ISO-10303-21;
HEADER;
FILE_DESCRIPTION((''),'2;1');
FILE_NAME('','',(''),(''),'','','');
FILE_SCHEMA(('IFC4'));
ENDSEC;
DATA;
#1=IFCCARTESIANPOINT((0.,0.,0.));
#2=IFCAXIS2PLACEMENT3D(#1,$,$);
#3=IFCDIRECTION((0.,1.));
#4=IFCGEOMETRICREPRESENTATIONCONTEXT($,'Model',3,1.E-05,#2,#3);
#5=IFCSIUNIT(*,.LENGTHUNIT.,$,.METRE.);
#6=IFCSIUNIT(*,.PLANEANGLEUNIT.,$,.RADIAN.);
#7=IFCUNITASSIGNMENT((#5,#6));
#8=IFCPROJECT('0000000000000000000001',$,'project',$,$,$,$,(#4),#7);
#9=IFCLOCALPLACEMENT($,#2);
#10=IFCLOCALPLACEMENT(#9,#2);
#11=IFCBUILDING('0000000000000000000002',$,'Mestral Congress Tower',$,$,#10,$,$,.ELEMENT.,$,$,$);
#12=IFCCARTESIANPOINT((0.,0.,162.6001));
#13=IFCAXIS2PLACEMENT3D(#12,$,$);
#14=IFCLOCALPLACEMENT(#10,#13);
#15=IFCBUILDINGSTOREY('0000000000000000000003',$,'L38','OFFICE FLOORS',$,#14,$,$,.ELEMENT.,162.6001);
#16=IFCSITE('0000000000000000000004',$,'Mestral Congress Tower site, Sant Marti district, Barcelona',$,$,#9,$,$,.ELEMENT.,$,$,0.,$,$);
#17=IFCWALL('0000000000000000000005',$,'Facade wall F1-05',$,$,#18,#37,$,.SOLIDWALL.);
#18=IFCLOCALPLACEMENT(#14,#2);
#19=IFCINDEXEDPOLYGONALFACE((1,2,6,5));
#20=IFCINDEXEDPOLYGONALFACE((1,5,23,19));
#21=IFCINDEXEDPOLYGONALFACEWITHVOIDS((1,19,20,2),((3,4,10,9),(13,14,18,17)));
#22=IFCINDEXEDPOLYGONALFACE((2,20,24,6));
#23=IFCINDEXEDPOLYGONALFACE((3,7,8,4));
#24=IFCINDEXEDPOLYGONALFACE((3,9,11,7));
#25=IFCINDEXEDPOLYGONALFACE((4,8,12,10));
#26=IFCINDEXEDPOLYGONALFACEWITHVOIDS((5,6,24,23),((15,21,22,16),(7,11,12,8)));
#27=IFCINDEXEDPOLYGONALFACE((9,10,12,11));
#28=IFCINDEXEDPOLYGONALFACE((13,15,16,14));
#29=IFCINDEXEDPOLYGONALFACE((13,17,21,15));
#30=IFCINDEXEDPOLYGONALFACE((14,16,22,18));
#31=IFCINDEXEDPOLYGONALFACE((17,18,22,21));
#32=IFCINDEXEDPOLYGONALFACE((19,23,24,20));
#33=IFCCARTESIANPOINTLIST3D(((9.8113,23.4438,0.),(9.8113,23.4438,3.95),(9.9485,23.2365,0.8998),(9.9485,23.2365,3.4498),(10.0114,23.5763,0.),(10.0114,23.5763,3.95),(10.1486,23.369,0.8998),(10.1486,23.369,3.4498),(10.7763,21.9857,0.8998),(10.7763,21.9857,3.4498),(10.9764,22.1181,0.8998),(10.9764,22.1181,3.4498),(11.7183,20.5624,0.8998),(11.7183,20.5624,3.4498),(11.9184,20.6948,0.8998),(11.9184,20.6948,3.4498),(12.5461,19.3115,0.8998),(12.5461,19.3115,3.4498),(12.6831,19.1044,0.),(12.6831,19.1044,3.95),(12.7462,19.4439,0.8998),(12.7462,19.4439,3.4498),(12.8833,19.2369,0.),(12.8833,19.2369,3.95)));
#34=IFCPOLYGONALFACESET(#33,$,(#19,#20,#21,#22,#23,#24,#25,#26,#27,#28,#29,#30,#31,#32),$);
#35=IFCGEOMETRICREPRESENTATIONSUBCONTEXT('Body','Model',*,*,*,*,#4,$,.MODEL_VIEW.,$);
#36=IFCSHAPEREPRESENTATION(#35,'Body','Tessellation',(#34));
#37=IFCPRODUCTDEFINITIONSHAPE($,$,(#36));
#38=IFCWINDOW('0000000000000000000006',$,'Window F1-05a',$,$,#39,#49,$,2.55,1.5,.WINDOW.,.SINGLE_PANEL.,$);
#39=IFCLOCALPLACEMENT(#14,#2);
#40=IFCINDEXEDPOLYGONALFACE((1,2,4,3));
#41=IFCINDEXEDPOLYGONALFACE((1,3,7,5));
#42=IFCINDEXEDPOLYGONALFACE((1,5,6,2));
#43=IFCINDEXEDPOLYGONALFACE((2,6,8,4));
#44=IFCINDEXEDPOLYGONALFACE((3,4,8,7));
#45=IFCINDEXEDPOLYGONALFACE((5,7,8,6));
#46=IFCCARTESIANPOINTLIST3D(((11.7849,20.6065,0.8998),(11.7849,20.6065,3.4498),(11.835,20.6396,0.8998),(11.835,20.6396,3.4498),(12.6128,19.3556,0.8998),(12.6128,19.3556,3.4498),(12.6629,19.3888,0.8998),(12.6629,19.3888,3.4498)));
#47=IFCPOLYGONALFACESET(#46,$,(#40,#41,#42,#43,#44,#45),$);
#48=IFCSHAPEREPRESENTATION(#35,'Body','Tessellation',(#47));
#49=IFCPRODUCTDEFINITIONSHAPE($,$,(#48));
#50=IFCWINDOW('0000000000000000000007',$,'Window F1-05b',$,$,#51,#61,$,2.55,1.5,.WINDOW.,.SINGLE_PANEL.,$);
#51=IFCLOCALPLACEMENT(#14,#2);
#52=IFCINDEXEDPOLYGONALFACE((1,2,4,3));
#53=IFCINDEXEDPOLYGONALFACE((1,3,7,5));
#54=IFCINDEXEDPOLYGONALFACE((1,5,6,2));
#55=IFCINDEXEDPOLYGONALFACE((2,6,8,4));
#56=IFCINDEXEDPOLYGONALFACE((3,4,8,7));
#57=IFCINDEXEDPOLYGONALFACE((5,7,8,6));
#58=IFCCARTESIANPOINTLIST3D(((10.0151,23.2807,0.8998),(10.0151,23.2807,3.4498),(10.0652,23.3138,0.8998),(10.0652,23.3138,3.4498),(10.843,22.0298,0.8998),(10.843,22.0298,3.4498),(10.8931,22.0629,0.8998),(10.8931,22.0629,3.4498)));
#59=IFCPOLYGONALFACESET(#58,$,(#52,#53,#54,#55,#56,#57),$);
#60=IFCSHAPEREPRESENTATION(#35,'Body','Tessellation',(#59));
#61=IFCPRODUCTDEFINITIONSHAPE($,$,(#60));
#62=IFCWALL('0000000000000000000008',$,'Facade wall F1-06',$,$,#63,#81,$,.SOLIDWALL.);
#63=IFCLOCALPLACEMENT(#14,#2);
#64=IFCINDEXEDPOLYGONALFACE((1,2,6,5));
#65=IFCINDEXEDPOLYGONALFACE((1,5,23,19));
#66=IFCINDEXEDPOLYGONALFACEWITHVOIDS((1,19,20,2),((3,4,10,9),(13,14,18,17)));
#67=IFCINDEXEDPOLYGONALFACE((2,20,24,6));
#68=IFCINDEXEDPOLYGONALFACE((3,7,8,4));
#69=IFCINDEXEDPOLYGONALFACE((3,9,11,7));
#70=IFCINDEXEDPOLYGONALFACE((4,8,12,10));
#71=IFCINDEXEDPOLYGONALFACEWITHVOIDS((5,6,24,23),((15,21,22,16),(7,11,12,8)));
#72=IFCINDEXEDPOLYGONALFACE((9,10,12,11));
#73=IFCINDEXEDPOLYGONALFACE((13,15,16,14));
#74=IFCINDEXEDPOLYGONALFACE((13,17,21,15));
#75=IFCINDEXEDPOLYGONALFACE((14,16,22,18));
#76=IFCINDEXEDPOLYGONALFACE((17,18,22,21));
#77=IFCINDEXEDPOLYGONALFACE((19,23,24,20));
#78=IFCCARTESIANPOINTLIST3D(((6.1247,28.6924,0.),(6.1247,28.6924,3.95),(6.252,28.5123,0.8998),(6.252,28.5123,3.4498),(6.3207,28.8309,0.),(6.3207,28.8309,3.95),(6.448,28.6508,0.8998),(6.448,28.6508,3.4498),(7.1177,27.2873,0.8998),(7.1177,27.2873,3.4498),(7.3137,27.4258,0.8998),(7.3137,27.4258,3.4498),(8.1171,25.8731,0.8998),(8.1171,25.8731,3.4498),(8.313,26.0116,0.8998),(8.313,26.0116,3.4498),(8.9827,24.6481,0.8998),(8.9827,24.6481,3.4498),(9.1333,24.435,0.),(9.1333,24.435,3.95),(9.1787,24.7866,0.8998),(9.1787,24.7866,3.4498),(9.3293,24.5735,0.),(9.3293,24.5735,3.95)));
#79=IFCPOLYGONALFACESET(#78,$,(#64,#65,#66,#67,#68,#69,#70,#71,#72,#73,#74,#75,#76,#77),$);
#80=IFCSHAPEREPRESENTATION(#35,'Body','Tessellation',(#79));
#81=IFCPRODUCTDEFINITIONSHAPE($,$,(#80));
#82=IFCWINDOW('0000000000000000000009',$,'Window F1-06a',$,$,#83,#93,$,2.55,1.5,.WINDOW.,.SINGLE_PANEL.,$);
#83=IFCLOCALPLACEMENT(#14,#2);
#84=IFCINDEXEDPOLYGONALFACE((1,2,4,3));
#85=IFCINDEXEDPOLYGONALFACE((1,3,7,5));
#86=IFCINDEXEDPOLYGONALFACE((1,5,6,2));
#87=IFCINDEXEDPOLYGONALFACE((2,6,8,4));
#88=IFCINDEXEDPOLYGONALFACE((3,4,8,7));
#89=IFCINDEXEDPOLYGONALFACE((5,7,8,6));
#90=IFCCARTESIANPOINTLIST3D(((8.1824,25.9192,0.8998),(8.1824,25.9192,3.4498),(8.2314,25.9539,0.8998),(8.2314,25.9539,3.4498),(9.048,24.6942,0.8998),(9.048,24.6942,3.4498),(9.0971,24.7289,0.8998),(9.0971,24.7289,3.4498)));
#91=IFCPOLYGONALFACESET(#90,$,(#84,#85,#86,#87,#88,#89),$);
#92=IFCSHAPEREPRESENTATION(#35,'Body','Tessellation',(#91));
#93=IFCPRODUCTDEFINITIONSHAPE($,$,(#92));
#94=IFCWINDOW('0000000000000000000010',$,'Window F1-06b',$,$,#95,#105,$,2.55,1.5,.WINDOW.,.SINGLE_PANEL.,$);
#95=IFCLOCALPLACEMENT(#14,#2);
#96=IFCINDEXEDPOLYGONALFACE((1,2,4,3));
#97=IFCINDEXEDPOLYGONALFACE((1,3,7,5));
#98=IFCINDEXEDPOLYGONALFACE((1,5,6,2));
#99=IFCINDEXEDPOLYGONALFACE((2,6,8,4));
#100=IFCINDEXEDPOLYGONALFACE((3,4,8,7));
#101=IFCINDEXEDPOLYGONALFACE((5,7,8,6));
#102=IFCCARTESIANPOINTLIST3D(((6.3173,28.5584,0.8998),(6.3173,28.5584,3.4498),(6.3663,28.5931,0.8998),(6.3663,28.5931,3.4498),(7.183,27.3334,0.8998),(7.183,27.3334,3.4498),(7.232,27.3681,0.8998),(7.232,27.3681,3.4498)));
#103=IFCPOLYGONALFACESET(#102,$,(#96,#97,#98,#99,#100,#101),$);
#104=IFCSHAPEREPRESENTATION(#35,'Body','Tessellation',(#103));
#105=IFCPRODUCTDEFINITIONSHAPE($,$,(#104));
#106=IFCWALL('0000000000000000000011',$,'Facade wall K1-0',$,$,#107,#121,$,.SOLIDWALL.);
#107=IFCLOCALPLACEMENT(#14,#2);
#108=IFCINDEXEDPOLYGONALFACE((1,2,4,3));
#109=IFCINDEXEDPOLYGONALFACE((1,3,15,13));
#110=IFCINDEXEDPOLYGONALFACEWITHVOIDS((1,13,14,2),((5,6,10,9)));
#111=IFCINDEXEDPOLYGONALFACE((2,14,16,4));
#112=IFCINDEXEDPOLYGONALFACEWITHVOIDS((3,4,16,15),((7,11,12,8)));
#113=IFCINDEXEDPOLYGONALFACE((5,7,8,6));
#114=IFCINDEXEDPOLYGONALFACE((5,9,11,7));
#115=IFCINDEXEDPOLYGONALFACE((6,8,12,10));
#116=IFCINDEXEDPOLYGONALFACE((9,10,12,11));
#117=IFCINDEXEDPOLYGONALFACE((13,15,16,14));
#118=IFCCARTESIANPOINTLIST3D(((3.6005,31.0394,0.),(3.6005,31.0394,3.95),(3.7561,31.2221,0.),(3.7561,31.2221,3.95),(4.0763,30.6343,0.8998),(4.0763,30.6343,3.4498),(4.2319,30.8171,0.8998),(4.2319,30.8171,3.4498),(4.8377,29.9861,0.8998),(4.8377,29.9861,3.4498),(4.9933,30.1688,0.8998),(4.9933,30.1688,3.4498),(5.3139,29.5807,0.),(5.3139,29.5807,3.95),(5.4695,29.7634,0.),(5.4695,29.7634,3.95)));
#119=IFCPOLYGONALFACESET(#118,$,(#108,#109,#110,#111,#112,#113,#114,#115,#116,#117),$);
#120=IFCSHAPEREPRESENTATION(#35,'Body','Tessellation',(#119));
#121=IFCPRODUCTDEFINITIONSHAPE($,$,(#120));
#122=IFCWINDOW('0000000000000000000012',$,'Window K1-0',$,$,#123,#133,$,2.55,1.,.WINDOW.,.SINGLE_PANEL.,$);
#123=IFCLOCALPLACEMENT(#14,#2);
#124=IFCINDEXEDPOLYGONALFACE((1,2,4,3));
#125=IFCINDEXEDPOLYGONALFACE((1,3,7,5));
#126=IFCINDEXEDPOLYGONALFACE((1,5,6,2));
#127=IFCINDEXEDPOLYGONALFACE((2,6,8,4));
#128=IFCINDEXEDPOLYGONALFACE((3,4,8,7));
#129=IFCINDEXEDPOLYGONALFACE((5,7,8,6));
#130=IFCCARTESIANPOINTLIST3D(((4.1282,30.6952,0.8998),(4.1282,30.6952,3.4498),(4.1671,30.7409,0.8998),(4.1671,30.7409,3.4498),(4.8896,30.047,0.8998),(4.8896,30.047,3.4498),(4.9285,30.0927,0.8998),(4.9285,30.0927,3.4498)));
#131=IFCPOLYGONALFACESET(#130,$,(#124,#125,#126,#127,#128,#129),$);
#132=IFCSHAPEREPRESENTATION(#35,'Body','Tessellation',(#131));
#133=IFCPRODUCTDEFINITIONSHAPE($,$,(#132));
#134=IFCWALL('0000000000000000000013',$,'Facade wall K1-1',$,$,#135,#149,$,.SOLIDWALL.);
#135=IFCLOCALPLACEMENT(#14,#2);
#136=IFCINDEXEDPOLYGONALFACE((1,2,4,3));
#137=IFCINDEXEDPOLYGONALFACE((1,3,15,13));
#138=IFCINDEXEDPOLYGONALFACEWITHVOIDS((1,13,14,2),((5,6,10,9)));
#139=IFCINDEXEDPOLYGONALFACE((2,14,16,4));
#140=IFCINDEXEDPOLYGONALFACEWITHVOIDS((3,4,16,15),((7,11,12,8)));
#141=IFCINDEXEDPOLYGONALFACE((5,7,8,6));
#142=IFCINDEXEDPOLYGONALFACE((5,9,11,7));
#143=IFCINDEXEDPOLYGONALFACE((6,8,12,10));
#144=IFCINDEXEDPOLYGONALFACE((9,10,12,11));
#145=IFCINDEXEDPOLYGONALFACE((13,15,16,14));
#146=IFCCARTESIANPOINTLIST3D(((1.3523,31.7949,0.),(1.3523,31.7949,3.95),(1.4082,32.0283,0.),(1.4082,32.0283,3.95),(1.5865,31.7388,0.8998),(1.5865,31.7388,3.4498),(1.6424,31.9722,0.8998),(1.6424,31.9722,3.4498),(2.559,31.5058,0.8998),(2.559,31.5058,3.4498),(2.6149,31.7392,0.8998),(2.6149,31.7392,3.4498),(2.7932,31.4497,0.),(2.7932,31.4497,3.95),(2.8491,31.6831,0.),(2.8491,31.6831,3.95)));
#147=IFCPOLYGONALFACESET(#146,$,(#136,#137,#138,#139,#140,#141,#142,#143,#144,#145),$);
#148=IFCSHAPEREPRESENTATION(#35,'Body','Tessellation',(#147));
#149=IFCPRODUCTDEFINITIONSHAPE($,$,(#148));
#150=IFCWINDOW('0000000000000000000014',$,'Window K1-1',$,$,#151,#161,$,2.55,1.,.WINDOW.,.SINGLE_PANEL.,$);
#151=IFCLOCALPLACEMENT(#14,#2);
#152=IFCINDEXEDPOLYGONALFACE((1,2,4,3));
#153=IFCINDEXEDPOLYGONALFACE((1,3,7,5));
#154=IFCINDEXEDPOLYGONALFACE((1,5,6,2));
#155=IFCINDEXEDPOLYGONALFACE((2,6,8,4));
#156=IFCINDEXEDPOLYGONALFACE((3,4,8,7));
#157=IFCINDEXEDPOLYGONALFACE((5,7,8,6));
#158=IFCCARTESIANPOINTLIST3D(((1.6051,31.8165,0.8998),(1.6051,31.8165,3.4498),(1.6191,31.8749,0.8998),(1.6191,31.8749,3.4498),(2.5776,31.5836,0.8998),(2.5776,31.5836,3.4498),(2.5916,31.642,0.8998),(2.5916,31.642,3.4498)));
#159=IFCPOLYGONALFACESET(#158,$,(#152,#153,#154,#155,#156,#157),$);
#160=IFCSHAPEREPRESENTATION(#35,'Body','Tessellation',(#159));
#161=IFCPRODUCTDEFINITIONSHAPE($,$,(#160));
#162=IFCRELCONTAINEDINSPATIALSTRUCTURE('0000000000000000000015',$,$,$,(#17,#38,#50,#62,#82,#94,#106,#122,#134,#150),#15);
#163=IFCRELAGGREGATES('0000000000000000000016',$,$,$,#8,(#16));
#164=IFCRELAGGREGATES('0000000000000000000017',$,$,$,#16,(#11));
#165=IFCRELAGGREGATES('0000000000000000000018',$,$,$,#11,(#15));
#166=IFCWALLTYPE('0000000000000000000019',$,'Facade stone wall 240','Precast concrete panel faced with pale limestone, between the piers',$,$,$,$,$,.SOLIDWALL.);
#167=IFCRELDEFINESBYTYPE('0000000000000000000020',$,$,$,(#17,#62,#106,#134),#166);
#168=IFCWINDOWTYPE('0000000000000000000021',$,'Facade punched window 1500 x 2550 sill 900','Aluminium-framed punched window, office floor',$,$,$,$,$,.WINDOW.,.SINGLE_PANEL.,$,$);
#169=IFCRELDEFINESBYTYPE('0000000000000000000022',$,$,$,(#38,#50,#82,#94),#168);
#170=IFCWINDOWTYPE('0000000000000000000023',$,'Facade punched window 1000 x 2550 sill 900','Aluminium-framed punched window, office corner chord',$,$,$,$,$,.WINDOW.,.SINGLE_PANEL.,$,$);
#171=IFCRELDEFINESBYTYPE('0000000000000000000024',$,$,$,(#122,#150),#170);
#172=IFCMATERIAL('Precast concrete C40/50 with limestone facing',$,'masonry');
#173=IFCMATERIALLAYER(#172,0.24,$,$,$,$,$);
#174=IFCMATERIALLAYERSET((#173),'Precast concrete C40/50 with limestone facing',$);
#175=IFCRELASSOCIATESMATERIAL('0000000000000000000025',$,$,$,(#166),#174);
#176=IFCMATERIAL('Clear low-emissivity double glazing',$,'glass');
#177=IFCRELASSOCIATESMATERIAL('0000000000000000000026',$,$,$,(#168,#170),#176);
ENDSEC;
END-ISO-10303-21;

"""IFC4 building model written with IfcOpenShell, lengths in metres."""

from ifc_helpers import new_model, si_unit, direction, frame, frame_2d, origin, place, context, subcontext, project, spatial, rectangle, extrude, material, layer, layer_set, type_object, element, fill, save


model = new_model("IFC4")

# Units and contexts
model_context = context("Model", 3, precision=1e-05, world=origin(), true_north=direction((0.0, 1.0)))
body_context = subcontext(model_context, "Body", "Model", "MODEL_VIEW")
ifc_project = project(units=[si_unit("LENGTHUNIT", "METRE"), si_unit("PLANEANGLEUNIT", "RADIAN")], contexts=[model_context])

# Site, building, storey
site_placement = place(None, origin())
site = spatial("IfcSite", under=ifc_project, at=site_placement, Name="Mestral Congress Tower site, Sant Marti district, Barcelona", CompositionType="ELEMENT", RefElevation=0.0)
building_placement = place(site_placement, origin())
building = spatial("IfcBuilding", under=site, at=building_placement, Name="Mestral Congress Tower", CompositionType="ELEMENT")
storey_placement = place(building_placement, frame((0.0, 0.0, 162.6001)))
storey = spatial("IfcBuildingStorey", under=building, at=storey_placement, Name="L38", Description="OFFICE FLOORS", CompositionType="ELEMENT", Elevation=162.6001)

# Walls, openings, windows
ifc_material_1 = material(Name="Precast concrete C40/50 with limestone facing", Category="masonry")
ifc_layer_1 = layer(ifc_material_1, 0.24)
ifc_layer_set_1 = layer_set([ifc_layer_1], Name="Precast concrete C40/50 with limestone facing")
wall_type_1 = type_object("IfcWallType", Name="Facade stone wall 240", Description="Precast concrete panel faced with pale limestone, between the piers", PredefinedType="SOLIDWALL", material=ifc_layer_set_1)
wall_1_placement = place(storey_placement, frame((12.7832, 19.1707, 0.0), z_axis=(0.0, 0.0, 1.0), x_axis=(-0.551893, 0.833915, 0.0)))
wall_1 = element("IfcWall", 1, at=wall_1_placement, inside=storey, type_object=wall_type_1, Name="Facade wall F1-05", PredefinedType="SOLIDWALL", context=body_context, shape_type="SweptSolid", body=[
    extrude(rectangle(XDim=5.2036, YDim=0.24, at=frame_2d((2.6018, 0.0))), origin(), (0.0, 0.0, 1.0), 3.95),
])
opening_1_placement = place(wall_1_placement, frame((0.2483, 0.0, 0.8999)))
opening_1 = element("IfcOpeningElement", 2, at=opening_1_placement, cuts=wall_1, PredefinedType="OPENING", context=body_context, shape_type="SweptSolid", body=[
    extrude(rectangle(XDim=1.5, YDim=2.55, at=frame_2d((0.75, 1.2749))), frame((0.0, 0.1299, 0.0), z_axis=(0.0, -1.0, 0.0), x_axis=(1.0, 0.0, 0.0)), (0.0, 0.0, 1.0), 0.26),
])
opening_2_placement = place(wall_1_placement, frame((3.4551, 0.0, 0.8999)))
opening_2 = element("IfcOpeningElement", 3, at=opening_2_placement, cuts=wall_1, PredefinedType="OPENING", context=body_context, shape_type="SweptSolid", body=[
    extrude(rectangle(XDim=1.5, YDim=2.55, at=frame_2d((0.75, 1.2749))), frame((0.0, 0.1299, 0.0), z_axis=(0.0, -1.0, 0.0), x_axis=(1.0, 0.0, 0.0)), (0.0, 0.0, 1.0), 0.26),
])
ifc_material_2 = material(Name="Clear low-emissivity double glazing", Category="glass")
window_type_1 = type_object("IfcWindowType", Name="Facade punched window 1500 x 2550 sill 900", Description="Aluminium-framed punched window, office floor", PartitioningType="SINGLE_PANEL", PredefinedType="WINDOW", material=ifc_material_2)
window_1_placement = place(opening_1_placement, origin())
window_1 = element("IfcWindow", 4, at=window_1_placement, inside=storey, type_object=window_type_1, Name="Window F1-05a", OverallHeight=2.55, OverallWidth=1.5, PartitioningType="SINGLE_PANEL", PredefinedType="WINDOW", context=body_context, shape_type="SweptSolid", body=[
    extrude(rectangle(XDim=1.5, YDim=2.55, at=frame_2d((0.75, 1.2749))), frame((0.0, 0.04, 0.0), z_axis=(0.0, -1.0, 0.0), x_axis=(1.0, 0.0, 0.0)), (0.0, 0.0, 1.0), 0.0601),
])
fill(opening_1, window_1)
window_2_placement = place(opening_2_placement, origin())
window_2 = element("IfcWindow", 5, at=window_2_placement, inside=storey, type_object=window_type_1, Name="Window F1-05b", OverallHeight=2.55, OverallWidth=1.5, PartitioningType="SINGLE_PANEL", PredefinedType="WINDOW", context=body_context, shape_type="SweptSolid", body=[
    extrude(rectangle(XDim=1.5, YDim=2.55, at=frame_2d((0.75, 1.2749))), frame((0.0, 0.04, 0.0), z_axis=(0.0, -1.0, 0.0), x_axis=(1.0, 0.0, 0.0)), (0.0, 0.0, 1.0), 0.0601),
])
fill(opening_2, window_2)
wall_2_placement = place(storey_placement, frame((9.2312, 24.5044, 0.0), z_axis=(0.0, 0.0, 1.0), x_axis=(-0.577115, 0.816663, 0.0)))
wall_2 = element("IfcWall", 6, at=wall_2_placement, inside=storey, type_object=wall_type_1, Name="Facade wall F1-06", PredefinedType="SOLIDWALL", context=body_context, shape_type="SweptSolid", body=[
    extrude(rectangle(XDim=5.2131, YDim=0.24, at=frame_2d((2.6064, 0.0))), origin(), (0.0, 0.0, 1.0), 3.95),
])
opening_3_placement = place(wall_2_placement, frame((0.2607, 0.0, 0.8999)))
opening_3 = element("IfcOpeningElement", 7, at=opening_3_placement, cuts=wall_2, PredefinedType="OPENING", context=body_context, shape_type="SweptSolid", body=[
    extrude(rectangle(XDim=1.5, YDim=2.55, at=frame_2d((0.75, 1.2749))), frame((0.0, 0.1299, 0.0), z_axis=(0.0, -1.0, 0.0), x_axis=(1.0, 0.0, 0.0)), (0.0, 0.0, 1.0), 0.26),
])
opening_4_placement = place(wall_2_placement, frame((3.4924, 0.0, 0.8999)))
opening_4 = element("IfcOpeningElement", 8, at=opening_4_placement, cuts=wall_2, PredefinedType="OPENING", context=body_context, shape_type="SweptSolid", body=[
    extrude(rectangle(XDim=1.5, YDim=2.55, at=frame_2d((0.75, 1.2749))), frame((0.0, 0.1299, 0.0), z_axis=(0.0, -1.0, 0.0), x_axis=(1.0, 0.0, 0.0)), (0.0, 0.0, 1.0), 0.26),
])
window_3_placement = place(opening_3_placement, origin())
window_3 = element("IfcWindow", 9, at=window_3_placement, inside=storey, type_object=window_type_1, Name="Window F1-06a", OverallHeight=2.55, OverallWidth=1.5, PartitioningType="SINGLE_PANEL", PredefinedType="WINDOW", context=body_context, shape_type="SweptSolid", body=[
    extrude(rectangle(XDim=1.5, YDim=2.55, at=frame_2d((0.75, 1.2749))), frame((0.0, 0.04, 0.0), z_axis=(0.0, -1.0, 0.0), x_axis=(1.0, 0.0, 0.0)), (0.0, 0.0, 1.0), 0.0601),
])
fill(opening_3, window_3)
window_4_placement = place(opening_4_placement, origin())
window_4 = element("IfcWindow", 10, at=window_4_placement, inside=storey, type_object=window_type_1, Name="Window F1-06b", OverallHeight=2.55, OverallWidth=1.5, PartitioningType="SINGLE_PANEL", PredefinedType="WINDOW", context=body_context, shape_type="SweptSolid", body=[
    extrude(rectangle(XDim=1.5, YDim=2.55, at=frame_2d((0.75, 1.2749))), frame((0.0, 0.04, 0.0), z_axis=(0.0, -1.0, 0.0), x_axis=(1.0, 0.0, 0.0)), (0.0, 0.0, 1.0), 0.0601),
])
fill(opening_4, window_4)

# Walls, openings, windows
wall_3_placement = place(storey_placement, frame((5.3916, 29.6721, 0.0), z_axis=(0.0, 0.0, 1.0), x_axis=(-0.76142, 0.648259, 0.0)))
wall_3 = element("IfcWall", 11, at=wall_3_placement, inside=storey, type_object=wall_type_1, Name="Facade wall K1-0", PredefinedType="SOLIDWALL", context=body_context, shape_type="SweptSolid", body=[
    extrude(rectangle(XDim=2.2502, YDim=0.24, at=frame_2d((1.125, 0.0))), origin(), (0.0, 0.0, 1.0), 3.95),
])
opening_5_placement = place(wall_3_placement, frame((0.6252, 0.0, 0.8999)))
opening_5 = element("IfcOpeningElement", 12, at=opening_5_placement, cuts=wall_3, PredefinedType="OPENING", context=body_context, shape_type="SweptSolid", body=[
    extrude(rectangle(XDim=1.0, YDim=2.55, at=frame_2d((0.5, 1.2749))), frame((0.0, 0.1299, 0.0), z_axis=(0.0, -1.0, 0.0), x_axis=(1.0, 0.0, 0.0)), (0.0, 0.0, 1.0), 0.26),
])
window_type_2 = type_object("IfcWindowType", Name="Facade punched window 1000 x 2550 sill 900", Description="Aluminium-framed punched window, office corner chord", PartitioningType="SINGLE_PANEL", PredefinedType="WINDOW", material=ifc_material_2)
window_5_placement = place(opening_5_placement, origin())
window_5 = element("IfcWindow", 13, at=window_5_placement, inside=storey, type_object=window_type_2, Name="Window K1-0", OverallHeight=2.55, OverallWidth=1.0, PartitioningType="SINGLE_PANEL", PredefinedType="WINDOW", context=body_context, shape_type="SweptSolid", body=[
    extrude(rectangle(XDim=1.0, YDim=2.55, at=frame_2d((0.5, 1.2749))), frame((0.0, 0.04, 0.0), z_axis=(0.0, -1.0, 0.0), x_axis=(1.0, 0.0, 0.0)), (0.0, 0.0, 1.0), 0.0601),
])
fill(opening_5, window_5)
wall_4_placement = place(storey_placement, frame((2.821, 31.5664, 0.0), z_axis=(0.0, 0.0, 1.0), x_axis=(-0.97248, 0.232987, 0.0)))
wall_4 = element("IfcWall", 14, at=wall_4_placement, inside=storey, type_object=wall_type_1, Name="Facade wall K1-1", PredefinedType="SOLIDWALL", context=body_context, shape_type="SweptSolid", body=[
    extrude(rectangle(XDim=1.4817, YDim=0.24, at=frame_2d((0.7407, 0.0))), origin(), (0.0, 0.0, 1.0), 3.95),
])
opening_6_placement = place(wall_4_placement, frame((0.2407, 0.0, 0.8999)))
opening_6 = element("IfcOpeningElement", 15, at=opening_6_placement, cuts=wall_4, PredefinedType="OPENING", context=body_context, shape_type="SweptSolid", body=[
    extrude(rectangle(XDim=1.0, YDim=2.55, at=frame_2d((0.5, 1.2749))), frame((0.0, 0.1299, 0.0), z_axis=(0.0, -1.0, 0.0), x_axis=(1.0, 0.0, 0.0)), (0.0, 0.0, 1.0), 0.26),
])
window_6_placement = place(opening_6_placement, origin())
window_6 = element("IfcWindow", 16, at=window_6_placement, inside=storey, type_object=window_type_2, Name="Window K1-1", OverallHeight=2.55, OverallWidth=1.0, PartitioningType="SINGLE_PANEL", PredefinedType="WINDOW", context=body_context, shape_type="SweptSolid", body=[
    extrude(rectangle(XDim=1.0, YDim=2.55, at=frame_2d((0.5, 1.2749))), frame((0.0, 0.04, 0.0), z_axis=(0.0, -1.0, 0.0), x_axis=(1.0, 0.0, 0.0)), (0.0, 0.0, 1.0), 0.0601),
])
fill(opening_6, window_6)

save(model, "model.ifc")
